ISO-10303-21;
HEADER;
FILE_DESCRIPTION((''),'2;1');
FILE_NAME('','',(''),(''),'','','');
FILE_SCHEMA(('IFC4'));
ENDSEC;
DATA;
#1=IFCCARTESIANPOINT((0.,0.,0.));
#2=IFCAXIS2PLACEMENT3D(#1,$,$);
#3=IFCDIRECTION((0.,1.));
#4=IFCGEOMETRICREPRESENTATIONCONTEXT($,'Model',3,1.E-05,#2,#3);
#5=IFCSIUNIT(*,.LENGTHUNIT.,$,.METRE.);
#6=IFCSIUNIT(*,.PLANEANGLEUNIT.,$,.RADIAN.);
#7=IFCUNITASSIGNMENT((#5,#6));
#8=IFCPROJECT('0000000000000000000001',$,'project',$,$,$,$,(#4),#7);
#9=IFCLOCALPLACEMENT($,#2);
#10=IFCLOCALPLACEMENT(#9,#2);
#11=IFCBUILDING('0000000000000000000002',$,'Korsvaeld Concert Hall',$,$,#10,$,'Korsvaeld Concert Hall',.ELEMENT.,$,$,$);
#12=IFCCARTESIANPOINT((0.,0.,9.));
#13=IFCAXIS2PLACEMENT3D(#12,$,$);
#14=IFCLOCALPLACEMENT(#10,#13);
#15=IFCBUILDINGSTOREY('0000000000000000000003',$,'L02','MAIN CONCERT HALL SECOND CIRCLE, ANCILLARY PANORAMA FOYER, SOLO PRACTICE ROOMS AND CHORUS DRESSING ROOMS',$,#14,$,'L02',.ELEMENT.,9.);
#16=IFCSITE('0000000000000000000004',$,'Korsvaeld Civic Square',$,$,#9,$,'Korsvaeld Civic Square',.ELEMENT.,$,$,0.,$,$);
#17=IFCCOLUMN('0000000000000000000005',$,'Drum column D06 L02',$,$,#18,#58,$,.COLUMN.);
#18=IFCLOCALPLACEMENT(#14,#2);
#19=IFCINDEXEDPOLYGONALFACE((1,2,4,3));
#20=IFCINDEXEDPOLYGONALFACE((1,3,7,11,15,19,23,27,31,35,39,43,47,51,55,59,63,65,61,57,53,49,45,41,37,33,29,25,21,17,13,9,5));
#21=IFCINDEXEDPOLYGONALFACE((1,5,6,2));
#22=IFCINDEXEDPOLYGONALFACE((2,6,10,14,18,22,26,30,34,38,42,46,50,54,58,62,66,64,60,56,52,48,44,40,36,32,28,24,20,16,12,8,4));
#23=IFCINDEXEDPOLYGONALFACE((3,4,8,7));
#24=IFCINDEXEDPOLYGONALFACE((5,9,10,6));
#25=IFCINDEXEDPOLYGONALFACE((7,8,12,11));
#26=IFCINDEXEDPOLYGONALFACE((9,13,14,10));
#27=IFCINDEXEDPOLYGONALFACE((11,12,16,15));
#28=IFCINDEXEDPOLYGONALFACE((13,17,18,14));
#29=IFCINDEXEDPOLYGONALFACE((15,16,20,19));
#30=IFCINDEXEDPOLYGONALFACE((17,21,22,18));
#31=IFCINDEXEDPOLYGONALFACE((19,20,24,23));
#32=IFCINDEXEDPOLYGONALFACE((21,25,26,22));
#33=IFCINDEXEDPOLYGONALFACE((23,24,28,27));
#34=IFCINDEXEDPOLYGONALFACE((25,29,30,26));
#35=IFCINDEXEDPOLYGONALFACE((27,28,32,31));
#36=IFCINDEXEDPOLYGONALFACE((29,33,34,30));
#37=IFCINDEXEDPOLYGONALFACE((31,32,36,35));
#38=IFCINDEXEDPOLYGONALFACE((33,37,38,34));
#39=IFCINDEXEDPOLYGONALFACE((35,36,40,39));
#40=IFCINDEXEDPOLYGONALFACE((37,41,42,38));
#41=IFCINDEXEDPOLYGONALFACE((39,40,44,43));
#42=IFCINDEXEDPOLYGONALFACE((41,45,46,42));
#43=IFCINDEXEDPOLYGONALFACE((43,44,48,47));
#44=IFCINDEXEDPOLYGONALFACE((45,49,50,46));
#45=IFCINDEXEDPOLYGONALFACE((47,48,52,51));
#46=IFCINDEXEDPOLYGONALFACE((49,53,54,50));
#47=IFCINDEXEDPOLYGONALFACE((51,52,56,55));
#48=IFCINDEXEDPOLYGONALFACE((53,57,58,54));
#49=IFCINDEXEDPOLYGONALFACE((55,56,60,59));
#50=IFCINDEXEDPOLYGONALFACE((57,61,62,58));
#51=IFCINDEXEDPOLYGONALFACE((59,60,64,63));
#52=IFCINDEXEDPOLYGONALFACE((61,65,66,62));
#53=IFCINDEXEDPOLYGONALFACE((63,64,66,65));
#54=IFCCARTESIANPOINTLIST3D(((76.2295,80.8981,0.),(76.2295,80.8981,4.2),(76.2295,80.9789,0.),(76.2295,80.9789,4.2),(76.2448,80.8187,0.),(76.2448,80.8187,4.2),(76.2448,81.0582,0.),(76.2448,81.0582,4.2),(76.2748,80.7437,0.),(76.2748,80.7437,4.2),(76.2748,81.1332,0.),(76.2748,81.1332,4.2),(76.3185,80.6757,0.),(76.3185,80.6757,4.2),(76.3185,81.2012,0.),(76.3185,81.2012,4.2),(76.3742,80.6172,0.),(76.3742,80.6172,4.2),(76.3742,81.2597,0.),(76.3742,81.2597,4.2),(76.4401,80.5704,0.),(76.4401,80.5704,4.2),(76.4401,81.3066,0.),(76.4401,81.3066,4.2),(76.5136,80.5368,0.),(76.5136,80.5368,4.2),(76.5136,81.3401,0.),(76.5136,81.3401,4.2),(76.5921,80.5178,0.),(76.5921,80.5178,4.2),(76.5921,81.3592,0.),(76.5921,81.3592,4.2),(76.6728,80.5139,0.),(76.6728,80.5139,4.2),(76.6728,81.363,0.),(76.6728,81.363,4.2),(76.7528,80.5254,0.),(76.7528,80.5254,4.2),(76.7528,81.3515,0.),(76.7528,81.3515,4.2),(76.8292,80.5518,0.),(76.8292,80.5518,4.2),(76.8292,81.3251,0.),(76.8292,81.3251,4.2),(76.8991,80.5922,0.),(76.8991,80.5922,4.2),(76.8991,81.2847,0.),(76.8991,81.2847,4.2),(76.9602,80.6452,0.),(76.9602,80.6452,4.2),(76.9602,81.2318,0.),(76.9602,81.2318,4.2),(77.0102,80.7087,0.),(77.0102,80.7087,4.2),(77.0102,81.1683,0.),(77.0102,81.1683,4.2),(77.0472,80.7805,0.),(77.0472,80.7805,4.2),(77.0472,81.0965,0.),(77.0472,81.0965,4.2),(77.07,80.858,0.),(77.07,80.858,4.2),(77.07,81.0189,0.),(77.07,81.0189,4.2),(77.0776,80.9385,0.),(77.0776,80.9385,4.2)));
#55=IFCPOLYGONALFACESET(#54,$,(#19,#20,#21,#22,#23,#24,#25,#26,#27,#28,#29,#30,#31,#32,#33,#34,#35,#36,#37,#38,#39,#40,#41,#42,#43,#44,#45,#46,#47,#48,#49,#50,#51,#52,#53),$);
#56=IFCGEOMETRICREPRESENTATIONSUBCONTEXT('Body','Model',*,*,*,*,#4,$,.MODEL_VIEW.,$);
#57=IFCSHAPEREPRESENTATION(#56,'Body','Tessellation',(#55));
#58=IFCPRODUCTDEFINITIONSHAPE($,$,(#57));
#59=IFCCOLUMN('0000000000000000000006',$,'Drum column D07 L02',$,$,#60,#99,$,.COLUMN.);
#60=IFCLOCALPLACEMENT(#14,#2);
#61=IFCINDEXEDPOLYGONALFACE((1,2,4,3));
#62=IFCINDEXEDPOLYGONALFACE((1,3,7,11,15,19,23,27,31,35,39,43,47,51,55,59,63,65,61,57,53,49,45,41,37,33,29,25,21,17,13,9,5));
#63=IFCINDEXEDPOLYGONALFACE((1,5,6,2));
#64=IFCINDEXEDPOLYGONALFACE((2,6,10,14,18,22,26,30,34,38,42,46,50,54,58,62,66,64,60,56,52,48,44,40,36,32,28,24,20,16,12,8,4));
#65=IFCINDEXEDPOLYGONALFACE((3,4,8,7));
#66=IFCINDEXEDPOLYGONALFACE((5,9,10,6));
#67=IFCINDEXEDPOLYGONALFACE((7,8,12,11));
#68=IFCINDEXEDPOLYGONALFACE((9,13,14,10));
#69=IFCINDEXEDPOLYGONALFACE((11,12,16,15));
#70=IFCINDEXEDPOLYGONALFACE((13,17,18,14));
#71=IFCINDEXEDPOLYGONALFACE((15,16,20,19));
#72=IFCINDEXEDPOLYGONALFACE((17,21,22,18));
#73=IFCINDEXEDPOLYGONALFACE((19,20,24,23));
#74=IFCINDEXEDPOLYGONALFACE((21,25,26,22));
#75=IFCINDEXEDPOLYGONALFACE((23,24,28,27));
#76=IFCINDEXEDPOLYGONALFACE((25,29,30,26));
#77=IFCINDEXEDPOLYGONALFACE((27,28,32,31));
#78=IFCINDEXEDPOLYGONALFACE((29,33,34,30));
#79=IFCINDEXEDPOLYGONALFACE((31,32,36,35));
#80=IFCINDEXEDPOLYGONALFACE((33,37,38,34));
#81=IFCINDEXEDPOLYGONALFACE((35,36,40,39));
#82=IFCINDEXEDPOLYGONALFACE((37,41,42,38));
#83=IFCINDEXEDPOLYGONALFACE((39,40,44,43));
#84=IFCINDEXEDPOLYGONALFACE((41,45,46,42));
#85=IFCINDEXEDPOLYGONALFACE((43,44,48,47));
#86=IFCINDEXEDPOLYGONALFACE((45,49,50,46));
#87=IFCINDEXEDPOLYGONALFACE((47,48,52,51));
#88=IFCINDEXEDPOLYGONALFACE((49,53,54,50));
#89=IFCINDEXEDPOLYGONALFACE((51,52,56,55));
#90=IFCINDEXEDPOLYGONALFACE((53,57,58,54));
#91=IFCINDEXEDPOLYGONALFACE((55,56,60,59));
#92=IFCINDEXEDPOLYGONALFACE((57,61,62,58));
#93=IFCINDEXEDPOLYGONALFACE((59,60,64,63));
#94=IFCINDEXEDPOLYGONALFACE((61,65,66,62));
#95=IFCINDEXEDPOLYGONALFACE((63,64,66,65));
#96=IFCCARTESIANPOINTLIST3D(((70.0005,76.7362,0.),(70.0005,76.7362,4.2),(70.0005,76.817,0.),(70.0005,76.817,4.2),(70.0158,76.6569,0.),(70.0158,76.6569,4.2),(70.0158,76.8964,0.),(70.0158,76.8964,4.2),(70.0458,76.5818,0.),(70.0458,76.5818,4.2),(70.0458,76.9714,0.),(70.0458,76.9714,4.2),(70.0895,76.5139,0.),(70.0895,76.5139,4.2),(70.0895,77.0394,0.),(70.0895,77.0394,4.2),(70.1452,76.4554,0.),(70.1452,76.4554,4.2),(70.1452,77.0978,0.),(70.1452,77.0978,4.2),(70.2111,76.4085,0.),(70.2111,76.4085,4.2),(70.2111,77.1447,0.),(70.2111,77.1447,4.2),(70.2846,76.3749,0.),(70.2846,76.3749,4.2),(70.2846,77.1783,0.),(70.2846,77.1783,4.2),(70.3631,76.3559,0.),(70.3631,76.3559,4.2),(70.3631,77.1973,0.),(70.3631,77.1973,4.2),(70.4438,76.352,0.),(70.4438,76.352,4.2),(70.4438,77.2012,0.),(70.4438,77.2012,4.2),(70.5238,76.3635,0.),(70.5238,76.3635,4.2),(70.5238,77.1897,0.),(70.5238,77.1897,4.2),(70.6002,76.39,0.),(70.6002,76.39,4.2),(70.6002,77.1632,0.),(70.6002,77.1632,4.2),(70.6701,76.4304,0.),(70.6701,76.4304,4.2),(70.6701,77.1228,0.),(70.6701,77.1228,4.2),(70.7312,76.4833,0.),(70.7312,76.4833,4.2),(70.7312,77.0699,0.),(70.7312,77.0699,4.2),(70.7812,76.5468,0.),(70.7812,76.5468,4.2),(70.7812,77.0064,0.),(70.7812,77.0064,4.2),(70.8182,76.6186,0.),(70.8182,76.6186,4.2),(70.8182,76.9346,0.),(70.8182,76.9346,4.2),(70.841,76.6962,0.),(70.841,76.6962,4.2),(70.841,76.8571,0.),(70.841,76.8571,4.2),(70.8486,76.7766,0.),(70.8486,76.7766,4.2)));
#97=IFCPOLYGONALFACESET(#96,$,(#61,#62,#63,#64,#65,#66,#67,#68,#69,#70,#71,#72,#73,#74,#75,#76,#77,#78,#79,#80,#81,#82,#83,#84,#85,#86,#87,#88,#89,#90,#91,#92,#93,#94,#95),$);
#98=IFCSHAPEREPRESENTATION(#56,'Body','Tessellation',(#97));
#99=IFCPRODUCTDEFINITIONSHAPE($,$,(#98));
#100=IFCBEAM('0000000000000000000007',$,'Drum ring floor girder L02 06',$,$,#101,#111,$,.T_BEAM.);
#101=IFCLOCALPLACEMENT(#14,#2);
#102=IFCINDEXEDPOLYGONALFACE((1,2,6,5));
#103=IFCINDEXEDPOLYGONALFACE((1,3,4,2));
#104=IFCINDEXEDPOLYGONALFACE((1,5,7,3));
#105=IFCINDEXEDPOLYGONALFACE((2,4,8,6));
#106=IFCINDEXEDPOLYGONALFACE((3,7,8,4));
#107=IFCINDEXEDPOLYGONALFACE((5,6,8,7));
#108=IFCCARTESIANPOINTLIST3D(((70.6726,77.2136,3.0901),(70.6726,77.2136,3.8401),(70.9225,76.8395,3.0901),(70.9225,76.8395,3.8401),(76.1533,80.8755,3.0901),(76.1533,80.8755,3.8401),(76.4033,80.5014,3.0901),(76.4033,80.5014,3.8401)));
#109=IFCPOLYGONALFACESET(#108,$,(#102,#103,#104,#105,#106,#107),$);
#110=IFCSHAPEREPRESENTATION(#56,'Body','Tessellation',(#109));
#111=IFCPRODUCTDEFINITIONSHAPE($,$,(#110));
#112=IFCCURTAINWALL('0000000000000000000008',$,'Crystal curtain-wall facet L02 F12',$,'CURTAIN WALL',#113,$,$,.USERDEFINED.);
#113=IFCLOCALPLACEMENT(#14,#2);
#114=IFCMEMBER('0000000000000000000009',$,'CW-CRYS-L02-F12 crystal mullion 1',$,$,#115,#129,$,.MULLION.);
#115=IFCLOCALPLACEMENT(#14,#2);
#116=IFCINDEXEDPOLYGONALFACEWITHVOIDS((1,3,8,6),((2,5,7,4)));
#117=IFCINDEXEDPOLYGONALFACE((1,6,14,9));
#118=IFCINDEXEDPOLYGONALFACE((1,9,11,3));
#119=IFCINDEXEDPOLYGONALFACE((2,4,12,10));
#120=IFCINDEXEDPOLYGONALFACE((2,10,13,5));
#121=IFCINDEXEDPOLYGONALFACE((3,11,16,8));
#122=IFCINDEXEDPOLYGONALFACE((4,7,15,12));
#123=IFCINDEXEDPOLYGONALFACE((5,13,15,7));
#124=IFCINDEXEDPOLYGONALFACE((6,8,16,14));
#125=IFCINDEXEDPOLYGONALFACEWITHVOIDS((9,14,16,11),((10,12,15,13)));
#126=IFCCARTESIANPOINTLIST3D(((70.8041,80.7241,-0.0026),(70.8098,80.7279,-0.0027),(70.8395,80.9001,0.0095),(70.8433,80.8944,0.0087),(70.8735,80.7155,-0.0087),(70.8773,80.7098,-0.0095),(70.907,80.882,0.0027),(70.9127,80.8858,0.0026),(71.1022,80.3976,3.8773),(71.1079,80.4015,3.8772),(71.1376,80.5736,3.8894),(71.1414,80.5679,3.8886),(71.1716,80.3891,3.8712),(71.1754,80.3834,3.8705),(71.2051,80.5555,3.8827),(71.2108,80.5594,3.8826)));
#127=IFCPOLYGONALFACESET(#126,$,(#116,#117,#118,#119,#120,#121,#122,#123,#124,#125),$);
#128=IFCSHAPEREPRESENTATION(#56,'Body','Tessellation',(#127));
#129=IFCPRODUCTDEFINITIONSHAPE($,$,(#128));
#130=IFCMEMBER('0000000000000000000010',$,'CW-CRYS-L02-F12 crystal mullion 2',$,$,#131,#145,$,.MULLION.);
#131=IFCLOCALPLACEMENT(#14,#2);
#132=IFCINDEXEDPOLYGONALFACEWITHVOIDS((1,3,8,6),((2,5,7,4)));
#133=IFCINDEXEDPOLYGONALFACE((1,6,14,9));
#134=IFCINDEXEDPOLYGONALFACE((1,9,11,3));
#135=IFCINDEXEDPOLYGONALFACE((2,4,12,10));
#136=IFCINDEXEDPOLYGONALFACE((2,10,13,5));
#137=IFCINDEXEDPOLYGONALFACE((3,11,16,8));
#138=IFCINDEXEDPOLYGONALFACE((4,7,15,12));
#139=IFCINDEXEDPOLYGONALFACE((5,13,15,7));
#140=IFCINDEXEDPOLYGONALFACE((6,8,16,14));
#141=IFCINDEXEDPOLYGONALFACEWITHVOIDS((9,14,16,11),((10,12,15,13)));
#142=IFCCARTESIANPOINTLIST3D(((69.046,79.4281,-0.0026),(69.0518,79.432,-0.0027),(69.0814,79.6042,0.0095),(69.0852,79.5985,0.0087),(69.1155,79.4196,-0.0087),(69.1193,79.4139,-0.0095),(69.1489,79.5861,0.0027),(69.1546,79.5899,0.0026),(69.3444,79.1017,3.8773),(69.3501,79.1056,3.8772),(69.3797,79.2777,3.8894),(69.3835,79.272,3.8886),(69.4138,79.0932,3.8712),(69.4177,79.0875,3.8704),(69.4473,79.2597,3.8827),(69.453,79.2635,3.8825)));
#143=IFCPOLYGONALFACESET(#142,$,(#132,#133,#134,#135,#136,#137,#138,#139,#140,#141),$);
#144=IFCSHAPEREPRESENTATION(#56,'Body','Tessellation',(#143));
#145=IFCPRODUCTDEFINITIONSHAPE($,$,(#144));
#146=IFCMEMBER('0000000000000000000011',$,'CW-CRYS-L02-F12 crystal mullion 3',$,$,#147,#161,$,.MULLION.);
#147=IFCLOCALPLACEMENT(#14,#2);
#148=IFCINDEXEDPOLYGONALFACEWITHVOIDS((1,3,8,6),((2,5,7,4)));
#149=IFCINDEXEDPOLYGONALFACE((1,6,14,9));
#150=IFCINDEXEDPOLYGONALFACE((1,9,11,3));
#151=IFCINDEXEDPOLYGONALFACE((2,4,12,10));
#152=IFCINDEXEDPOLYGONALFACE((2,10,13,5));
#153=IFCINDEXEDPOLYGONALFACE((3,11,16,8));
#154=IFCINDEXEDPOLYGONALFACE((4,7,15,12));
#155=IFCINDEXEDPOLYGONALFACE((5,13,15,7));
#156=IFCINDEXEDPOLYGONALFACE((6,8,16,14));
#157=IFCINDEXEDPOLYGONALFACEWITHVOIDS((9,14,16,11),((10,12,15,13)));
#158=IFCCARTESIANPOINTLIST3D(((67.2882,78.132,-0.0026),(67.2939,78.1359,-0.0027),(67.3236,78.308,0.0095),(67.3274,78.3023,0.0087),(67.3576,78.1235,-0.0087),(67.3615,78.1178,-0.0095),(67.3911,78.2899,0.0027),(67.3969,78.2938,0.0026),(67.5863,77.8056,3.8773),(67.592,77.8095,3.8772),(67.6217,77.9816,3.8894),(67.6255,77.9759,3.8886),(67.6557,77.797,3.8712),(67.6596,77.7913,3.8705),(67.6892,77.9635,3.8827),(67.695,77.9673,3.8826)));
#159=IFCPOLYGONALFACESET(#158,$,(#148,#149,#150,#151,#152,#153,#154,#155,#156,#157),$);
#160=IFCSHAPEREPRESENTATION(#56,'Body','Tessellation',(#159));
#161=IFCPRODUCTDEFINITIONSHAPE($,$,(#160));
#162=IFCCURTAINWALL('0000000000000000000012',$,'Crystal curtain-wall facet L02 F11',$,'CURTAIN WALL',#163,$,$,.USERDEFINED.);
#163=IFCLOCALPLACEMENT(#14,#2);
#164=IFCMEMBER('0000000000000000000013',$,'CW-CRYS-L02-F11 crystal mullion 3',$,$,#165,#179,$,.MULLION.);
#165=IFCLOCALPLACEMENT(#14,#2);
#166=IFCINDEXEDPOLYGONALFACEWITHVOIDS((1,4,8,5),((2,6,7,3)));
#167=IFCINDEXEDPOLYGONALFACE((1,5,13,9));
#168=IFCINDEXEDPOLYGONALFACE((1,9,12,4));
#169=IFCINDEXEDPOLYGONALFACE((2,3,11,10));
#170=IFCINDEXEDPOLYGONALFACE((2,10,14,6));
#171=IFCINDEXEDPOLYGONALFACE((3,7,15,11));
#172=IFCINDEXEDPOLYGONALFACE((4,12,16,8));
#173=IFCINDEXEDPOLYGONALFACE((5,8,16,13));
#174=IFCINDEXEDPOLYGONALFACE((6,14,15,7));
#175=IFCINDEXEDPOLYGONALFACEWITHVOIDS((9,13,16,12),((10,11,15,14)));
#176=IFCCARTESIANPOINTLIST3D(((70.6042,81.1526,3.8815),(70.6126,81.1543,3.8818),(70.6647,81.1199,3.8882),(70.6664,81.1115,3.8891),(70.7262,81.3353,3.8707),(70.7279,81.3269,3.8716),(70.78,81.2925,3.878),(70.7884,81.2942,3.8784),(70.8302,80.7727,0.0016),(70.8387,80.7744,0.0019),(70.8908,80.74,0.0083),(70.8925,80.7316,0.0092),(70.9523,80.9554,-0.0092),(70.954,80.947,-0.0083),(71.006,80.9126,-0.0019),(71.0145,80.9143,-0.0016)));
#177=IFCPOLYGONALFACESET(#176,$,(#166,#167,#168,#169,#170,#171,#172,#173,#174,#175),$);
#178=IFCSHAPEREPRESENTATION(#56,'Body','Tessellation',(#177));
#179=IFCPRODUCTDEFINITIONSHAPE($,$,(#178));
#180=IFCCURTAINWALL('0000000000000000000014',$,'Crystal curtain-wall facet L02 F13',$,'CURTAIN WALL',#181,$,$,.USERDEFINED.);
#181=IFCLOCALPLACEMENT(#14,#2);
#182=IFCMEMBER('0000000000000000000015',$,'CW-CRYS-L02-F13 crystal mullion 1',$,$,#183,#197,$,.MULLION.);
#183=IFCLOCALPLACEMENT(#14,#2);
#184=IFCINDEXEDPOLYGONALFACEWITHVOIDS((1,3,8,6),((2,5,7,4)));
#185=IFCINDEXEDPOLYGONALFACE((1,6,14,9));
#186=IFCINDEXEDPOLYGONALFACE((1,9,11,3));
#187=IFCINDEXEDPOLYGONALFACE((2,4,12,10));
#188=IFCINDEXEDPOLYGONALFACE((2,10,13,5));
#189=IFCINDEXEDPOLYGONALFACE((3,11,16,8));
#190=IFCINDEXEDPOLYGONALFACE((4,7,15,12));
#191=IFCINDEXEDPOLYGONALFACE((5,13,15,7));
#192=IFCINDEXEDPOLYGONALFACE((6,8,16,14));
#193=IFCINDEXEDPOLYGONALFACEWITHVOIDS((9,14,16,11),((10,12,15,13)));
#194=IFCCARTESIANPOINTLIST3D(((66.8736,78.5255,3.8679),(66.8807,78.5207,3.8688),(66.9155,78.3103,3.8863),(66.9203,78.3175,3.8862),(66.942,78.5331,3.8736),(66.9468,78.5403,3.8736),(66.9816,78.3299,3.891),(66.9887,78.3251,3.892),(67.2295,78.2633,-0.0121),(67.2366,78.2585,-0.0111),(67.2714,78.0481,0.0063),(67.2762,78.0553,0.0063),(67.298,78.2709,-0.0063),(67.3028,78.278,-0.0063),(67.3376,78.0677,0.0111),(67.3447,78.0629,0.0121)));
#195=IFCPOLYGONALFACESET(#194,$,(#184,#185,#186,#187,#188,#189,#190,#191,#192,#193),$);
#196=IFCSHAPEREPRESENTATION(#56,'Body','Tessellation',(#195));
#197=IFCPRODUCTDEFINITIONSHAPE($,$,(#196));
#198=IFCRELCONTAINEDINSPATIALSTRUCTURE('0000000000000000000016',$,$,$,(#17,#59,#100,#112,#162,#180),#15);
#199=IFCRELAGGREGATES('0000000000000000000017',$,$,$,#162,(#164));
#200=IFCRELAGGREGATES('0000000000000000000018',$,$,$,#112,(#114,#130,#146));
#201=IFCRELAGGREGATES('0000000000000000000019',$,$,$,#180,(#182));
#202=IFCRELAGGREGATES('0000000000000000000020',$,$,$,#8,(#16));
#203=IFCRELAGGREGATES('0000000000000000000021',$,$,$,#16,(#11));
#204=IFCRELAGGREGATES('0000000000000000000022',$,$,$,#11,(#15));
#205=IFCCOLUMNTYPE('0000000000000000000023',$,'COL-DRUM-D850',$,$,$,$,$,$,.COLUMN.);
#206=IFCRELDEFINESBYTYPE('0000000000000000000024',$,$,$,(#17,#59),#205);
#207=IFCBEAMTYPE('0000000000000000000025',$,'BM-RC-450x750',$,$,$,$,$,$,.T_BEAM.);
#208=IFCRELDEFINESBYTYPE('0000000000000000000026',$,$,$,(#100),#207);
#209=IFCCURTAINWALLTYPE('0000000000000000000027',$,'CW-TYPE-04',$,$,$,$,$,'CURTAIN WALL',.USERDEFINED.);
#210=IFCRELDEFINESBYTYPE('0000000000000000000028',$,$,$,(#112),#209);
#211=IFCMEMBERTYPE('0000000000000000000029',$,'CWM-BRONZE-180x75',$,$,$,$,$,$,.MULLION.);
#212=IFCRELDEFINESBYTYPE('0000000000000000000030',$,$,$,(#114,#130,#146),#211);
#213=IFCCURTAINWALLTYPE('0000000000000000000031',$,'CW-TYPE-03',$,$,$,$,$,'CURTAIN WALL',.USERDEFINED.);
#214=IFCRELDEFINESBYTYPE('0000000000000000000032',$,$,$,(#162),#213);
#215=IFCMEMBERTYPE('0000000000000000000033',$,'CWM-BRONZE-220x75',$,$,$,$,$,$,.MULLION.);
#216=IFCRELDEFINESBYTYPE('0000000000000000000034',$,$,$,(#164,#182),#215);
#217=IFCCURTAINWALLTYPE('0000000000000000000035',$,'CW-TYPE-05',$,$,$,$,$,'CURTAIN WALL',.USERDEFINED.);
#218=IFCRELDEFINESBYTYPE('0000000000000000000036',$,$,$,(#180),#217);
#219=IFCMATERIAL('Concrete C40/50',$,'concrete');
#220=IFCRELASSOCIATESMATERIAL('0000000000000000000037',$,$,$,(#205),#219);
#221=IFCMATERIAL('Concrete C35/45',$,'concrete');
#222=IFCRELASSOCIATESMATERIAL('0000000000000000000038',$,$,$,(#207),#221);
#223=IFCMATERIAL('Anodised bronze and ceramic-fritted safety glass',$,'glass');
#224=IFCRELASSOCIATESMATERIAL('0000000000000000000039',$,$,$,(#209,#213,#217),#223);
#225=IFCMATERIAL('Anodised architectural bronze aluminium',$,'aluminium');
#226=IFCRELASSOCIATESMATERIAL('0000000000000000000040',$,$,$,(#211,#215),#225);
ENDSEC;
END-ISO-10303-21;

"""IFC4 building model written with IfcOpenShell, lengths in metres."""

from ifc_helpers import new_model, si_unit, direction, frame, origin, origin_2d, place, context, subcontext, project, spatial, rectangle, hollow_rectangle, circle, extrude, material, material_profile, profile_set, type_object, element, aggregate, save


model = new_model("IFC4")

# Units and contexts
model_context = context("Model", 3, precision=1e-05, world=origin(), true_north=direction((0.0, 1.0)))
body_context = subcontext(model_context, "Body", "Model", "MODEL_VIEW")
ifc_project = project(units=[si_unit("LENGTHUNIT", "METRE"), si_unit("PLANEANGLEUNIT", "RADIAN")], contexts=[model_context])

# Site, building, storey
site_placement = place(None, origin())
site = spatial("IfcSite", under=ifc_project, at=site_placement, Name="Korsvaeld Civic Square", LongName="Korsvaeld Civic Square", CompositionType="ELEMENT", RefElevation=0.0)
building_placement = place(site_placement, origin())
building = spatial("IfcBuilding", under=site, at=building_placement, Name="Korsvaeld Concert Hall", LongName="Korsvaeld Concert Hall", CompositionType="ELEMENT")
storey_placement = place(building_placement, frame((0.0, 0.0, 9.0)))
storey = spatial("IfcBuildingStorey", under=building, at=storey_placement, Name="L02", Description="MAIN CONCERT HALL SECOND CIRCLE, ANCILLARY PANORAMA FOYER, SOLO PRACTICE ROOMS AND CHORUS DRESSING ROOMS", LongName="L02", CompositionType="ELEMENT", Elevation=9.0)

# Columns
ifc_material_1 = material(Name="Concrete C40/50", Category="concrete")
ifc_material_profile_1 = material_profile(ifc_material_1, circle(Radius=0.425, at=origin_2d()), Name="RC D850")
ifc_profile_set_1 = profile_set([ifc_material_profile_1], Name="Concrete C40/50")
column_type = type_object("IfcColumnType", Name="COL-DRUM-D850", PredefinedType="COLUMN", material=ifc_profile_set_1)
for number, where, z_axis, x_axis, name in (
    (1, (76.6526, 80.9385, 0.0), (0.0, 0.0, 1.0), (1.0, 0.0, 0.0), "Drum column D06 L02"),
    (2, (70.4236, 76.7766, 0.0), (0.0, 0.0, 1.0), (1.0, 0.0, 0.0), "Drum column D07 L02"),
):
    element("IfcColumn", number, at=place(storey_placement, frame(where, z_axis=z_axis, x_axis=x_axis)), inside=storey, type_object=column_type, Name=name, PredefinedType="COLUMN", context=body_context, shape_type="SweptSolid", body=[
        extrude(circle(Radius=0.425, at=origin_2d()), origin(), (0.0, 0.0, 1.0), 4.2),
    ])

# Beam
ifc_material_2 = material(Name="Concrete C35/45", Category="concrete")
ifc_material_profile_2 = material_profile(ifc_material_2, rectangle(XDim=0.45, YDim=0.75, at=origin_2d()), Name="RC 450x750")
ifc_profile_set_2 = profile_set([ifc_material_profile_2], Name="Concrete C35/45")
beam_type = type_object("IfcBeamType", Name="BM-RC-450x750", PredefinedType="T_BEAM", material=ifc_profile_set_2)
beam_placement = place(storey_placement, frame((76.2783, 80.6885, 3.4651), z_axis=(-0.831486, -0.555546, 0.0), x_axis=(0.555546, -0.831486, 0.0)))
element("IfcBeam", 3, at=beam_placement, inside=storey, type_object=beam_type, Name="Drum ring floor girder L02 06", PredefinedType="T_BEAM", context=body_context, shape_type="SweptSolid", body=[
    extrude(rectangle(XDim=0.45, YDim=0.75, at=origin_2d()), origin(), (0.0, 0.0, 1.0), 6.5916),
])

# Curtain wall, members
ifc_material_3 = material(Name="Anodised bronze and ceramic-fritted safety glass", Category="glass")
curtain_wall_type_1 = type_object("IfcCurtainWallType", Name="CW-TYPE-04", ElementType="CURTAIN WALL", PredefinedType="USERDEFINED", material=ifc_material_3)
curtain_wall_1_placement = place(storey_placement, origin())
curtain_wall_1 = element("IfcCurtainWall", 4, at=curtain_wall_1_placement, inside=storey, type_object=curtain_wall_type_1, Name="Crystal curtain-wall facet L02 F12", ObjectType="CURTAIN WALL", PredefinedType="USERDEFINED")
ifc_material_4 = material(Name="Anodised architectural bronze aluminium", Category="aluminium")
ifc_material_profile_3 = material_profile(ifc_material_4, hollow_rectangle(XDim=0.075, YDim=0.1799, WallThickness=0.0049, at=origin_2d()), Name="CWM 180x75x5")
ifc_profile_set_3 = profile_set([ifc_material_profile_3], Name="Anodised architectural bronze aluminium")
member_type_1 = type_object("IfcMemberType", Name="CWM-BRONZE-180x75", PredefinedType="MULLION", material=ifc_profile_set_3)
member_1_placement = place(storey_placement, frame((70.8584, 80.8049, 0.0), z_axis=(0.076337, -0.08359, 0.993572), x_axis=(0.977475, -0.190372, -0.091116)))
member_1 = element("IfcMember", 5, at=member_1_placement, type_object=member_type_1, Name="CW-CRYS-L02-F12 crystal mullion 1", PredefinedType="MULLION", context=body_context, shape_type="SweptSolid", body=[
    extrude(hollow_rectangle(XDim=0.075, YDim=0.1799, WallThickness=0.0049, at=origin_2d()), origin(), (0.0, 0.0, 1.0), 3.905),
])
member_2_placement = place(storey_placement, frame((69.1003, 79.509, 0.0), z_axis=(0.076399, -0.083589, 0.993567), x_axis=(0.977549, -0.18997, -0.09115)))
member_2 = element("IfcMember", 6, at=member_2_placement, type_object=member_type_1, Name="CW-CRYS-L02-F12 crystal mullion 2", PredefinedType="MULLION", context=body_context, shape_type="SweptSolid", body=[
    extrude(hollow_rectangle(XDim=0.075, YDim=0.1799, WallThickness=0.0049, at=origin_2d()), origin(), (0.0, 0.0, 1.0), 3.905),
])
member_3_placement = place(storey_placement, frame((67.3425, 78.2129, 0.0), z_axis=(0.076337, -0.08359, 0.993572), x_axis=(0.977475, -0.190372, -0.091116)))
member_3 = element("IfcMember", 7, at=member_3_placement, type_object=member_type_1, Name="CW-CRYS-L02-F12 crystal mullion 3", PredefinedType="MULLION", context=body_context, shape_type="SweptSolid", body=[
    extrude(hollow_rectangle(XDim=0.075, YDim=0.1799, WallThickness=0.0049, at=origin_2d()), origin(), (0.0, 0.0, 1.0), 3.905),
])

# Curtain walls, members
curtain_wall_type_2 = type_object("IfcCurtainWallType", Name="CW-TYPE-03", ElementType="CURTAIN WALL", PredefinedType="USERDEFINED", material=ifc_material_3)
curtain_wall_2_placement = place(storey_placement, origin())
curtain_wall_2 = element("IfcCurtainWall", 8, at=curtain_wall_2_placement, inside=storey, type_object=curtain_wall_type_2, Name="Crystal curtain-wall facet L02 F11", ObjectType="CURTAIN WALL", PredefinedType="USERDEFINED")
ifc_material_profile_4 = material_profile(ifc_material_4, hollow_rectangle(XDim=0.075, YDim=0.22, WallThickness=0.0061, at=origin_2d()), Name="CWM 220x75x6")
ifc_profile_set_4 = profile_set([ifc_material_profile_4], Name="Anodised architectural bronze aluminium")
member_type_2 = type_object("IfcMemberType", Name="CWM-BRONZE-220x75", PredefinedType="MULLION", material=ifc_profile_set_4)
member_4_placement = place(storey_placement, frame((70.9224, 80.8435, 0.0), z_axis=(-0.057894, 0.097281, 0.993572), x_axis=(-0.829999, 0.548349, -0.102052)))
member_4 = element("IfcMember", 9, at=member_4_placement, type_object=member_type_2, Name="CW-CRYS-L02-F11 crystal mullion 3", PredefinedType="MULLION", context=body_context, shape_type="SweptSolid", body=[
    extrude(hollow_rectangle(XDim=0.075, YDim=0.22, WallThickness=0.0061, at=origin_2d()), origin(), (0.0, 0.0, 1.0), 3.905),
])
curtain_wall_type_3 = type_object("IfcCurtainWallType", Name="CW-TYPE-05", ElementType="CURTAIN WALL", PredefinedType="USERDEFINED", material=ifc_material_3)
curtain_wall_3_placement = place(storey_placement, origin())
curtain_wall_3 = element("IfcCurtainWall", 10, at=curtain_wall_3_placement, inside=storey, type_object=curtain_wall_type_3, Name="Crystal curtain-wall facet L02 F13", ObjectType="CURTAIN WALL", PredefinedType="USERDEFINED")
member_5_placement = place(storey_placement, frame((67.2871, 78.1631, 0.0), z_axis=(-0.091154, 0.067147, 0.99357), x_axis=(-0.977432, -0.196963, -0.076363)))
member_5 = element("IfcMember", 11, at=member_5_placement, type_object=member_type_2, Name="CW-CRYS-L02-F13 crystal mullion 1", PredefinedType="MULLION", context=body_context, shape_type="SweptSolid", body=[
    extrude(hollow_rectangle(XDim=0.075, YDim=0.22, WallThickness=0.0061, at=origin_2d()), origin(), (0.0, 0.0, 1.0), 3.905),
])

aggregate(curtain_wall_2, [member_4])

aggregate(curtain_wall_1, [member_1, member_2, member_3])
aggregate(curtain_wall_3, [member_5])

save(model, "model.ifc")
